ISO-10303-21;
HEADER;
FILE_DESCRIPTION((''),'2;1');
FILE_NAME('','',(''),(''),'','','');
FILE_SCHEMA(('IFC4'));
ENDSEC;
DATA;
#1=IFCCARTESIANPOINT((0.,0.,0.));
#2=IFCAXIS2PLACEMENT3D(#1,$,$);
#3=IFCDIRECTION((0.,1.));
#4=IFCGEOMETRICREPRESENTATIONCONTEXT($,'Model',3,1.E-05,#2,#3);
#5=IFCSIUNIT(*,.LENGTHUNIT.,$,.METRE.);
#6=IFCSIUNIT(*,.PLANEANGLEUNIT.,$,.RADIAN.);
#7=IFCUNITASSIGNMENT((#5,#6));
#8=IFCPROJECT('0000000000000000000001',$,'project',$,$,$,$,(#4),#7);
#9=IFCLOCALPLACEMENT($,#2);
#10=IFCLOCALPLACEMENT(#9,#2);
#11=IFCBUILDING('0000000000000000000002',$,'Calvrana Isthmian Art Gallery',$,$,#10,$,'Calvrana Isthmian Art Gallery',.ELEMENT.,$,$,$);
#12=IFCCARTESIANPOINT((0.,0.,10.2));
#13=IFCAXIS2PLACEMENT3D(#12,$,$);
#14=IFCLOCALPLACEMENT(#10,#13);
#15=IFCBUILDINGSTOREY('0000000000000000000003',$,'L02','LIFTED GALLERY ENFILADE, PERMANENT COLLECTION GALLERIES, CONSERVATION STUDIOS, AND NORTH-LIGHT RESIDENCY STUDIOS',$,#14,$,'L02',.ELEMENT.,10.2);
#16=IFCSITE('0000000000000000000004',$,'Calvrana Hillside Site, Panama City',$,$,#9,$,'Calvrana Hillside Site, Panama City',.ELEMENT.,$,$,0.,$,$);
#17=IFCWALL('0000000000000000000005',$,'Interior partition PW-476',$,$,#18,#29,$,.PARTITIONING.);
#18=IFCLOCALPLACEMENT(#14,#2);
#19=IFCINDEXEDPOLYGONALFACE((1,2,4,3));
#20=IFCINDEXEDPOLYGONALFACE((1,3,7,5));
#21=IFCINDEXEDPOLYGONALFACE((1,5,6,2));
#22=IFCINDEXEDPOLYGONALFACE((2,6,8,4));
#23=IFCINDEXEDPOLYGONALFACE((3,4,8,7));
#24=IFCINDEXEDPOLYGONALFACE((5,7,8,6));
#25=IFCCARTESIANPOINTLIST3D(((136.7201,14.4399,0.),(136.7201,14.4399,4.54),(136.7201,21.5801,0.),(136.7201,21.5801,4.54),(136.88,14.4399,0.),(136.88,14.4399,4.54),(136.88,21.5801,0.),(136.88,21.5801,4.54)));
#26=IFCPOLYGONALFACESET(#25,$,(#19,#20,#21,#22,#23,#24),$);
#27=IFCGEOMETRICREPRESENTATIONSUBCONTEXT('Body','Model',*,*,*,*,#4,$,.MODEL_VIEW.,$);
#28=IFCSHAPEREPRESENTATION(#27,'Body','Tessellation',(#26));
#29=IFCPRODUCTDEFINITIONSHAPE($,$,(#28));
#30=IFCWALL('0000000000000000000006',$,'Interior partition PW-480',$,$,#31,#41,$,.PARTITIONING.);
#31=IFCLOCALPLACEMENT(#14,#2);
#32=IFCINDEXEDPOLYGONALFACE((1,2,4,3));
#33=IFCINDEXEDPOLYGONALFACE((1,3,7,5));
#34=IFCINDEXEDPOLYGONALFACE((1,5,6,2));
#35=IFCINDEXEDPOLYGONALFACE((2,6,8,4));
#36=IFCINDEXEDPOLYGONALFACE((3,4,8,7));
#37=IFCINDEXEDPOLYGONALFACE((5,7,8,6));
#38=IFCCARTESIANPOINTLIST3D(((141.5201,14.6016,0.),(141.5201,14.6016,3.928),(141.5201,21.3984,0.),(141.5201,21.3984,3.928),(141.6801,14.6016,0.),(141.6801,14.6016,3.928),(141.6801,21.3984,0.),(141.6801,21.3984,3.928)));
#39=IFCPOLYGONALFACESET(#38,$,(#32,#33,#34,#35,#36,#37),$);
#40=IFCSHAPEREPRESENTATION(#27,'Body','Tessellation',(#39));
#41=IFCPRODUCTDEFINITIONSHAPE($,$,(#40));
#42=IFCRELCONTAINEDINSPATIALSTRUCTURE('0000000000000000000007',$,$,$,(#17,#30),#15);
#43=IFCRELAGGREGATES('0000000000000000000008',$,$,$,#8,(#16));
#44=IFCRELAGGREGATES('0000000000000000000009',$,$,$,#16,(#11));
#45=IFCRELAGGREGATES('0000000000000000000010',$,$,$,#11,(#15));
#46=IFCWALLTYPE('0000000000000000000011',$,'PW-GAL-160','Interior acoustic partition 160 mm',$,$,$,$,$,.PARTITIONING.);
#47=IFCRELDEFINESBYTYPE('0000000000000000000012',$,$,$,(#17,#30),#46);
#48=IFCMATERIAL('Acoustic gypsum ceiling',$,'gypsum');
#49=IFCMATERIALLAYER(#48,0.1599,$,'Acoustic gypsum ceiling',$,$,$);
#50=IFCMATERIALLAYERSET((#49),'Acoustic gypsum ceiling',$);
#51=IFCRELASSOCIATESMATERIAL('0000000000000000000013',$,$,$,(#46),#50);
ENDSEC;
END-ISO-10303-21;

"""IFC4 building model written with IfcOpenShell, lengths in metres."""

from ifc_helpers import new_model, si_unit, direction, frame, frame_2d, origin, place, context, subcontext, project, spatial, rectangle, extrude, material, layer, layer_set, type_object, element, save


model = new_model("IFC4")

# Units and contexts
model_context = context("Model", 3, precision=1e-05, world=origin(), true_north=direction((0.0, 1.0)))
body_context = subcontext(model_context, "Body", "Model", "MODEL_VIEW")
ifc_project = project(units=[si_unit("LENGTHUNIT", "METRE"), si_unit("PLANEANGLEUNIT", "RADIAN")], contexts=[model_context])

# Site, building, storey
site_placement = place(None, origin())
site = spatial("IfcSite", under=ifc_project, at=site_placement, Name="Calvrana Hillside Site, Panama City", LongName="Calvrana Hillside Site, Panama City", CompositionType="ELEMENT", RefElevation=0.0)
building_placement = place(site_placement, origin())
building = spatial("IfcBuilding", under=site, at=building_placement, Name="Calvrana Isthmian Art Gallery", LongName="Calvrana Isthmian Art Gallery", CompositionType="ELEMENT")
storey_placement = place(building_placement, frame((0.0, 0.0, 10.2)))
storey = spatial("IfcBuildingStorey", under=building, at=storey_placement, Name="L02", Description="LIFTED GALLERY ENFILADE, PERMANENT COLLECTION GALLERIES, CONSERVATION STUDIOS, AND NORTH-LIGHT RESIDENCY STUDIOS", LongName="L02", CompositionType="ELEMENT", Elevation=10.2)

# Walls
ifc_material_1 = material(Name="Acoustic gypsum ceiling", Category="gypsum")
ifc_layer_1 = layer(ifc_material_1, 0.1599, Name="Acoustic gypsum ceiling")
ifc_layer_set_1 = layer_set([ifc_layer_1], Name="Acoustic gypsum ceiling")
wall_type_1 = type_object("IfcWallType", Name="PW-GAL-160", Description="Interior acoustic partition 160 mm", PredefinedType="PARTITIONING", material=ifc_layer_set_1)
wall_1_placement = place(storey_placement, frame((136.8, 14.4399, 0.0), z_axis=(0.0, 0.0, 1.0), x_axis=(0.0, 1.0, 0.0)))
element("IfcWall", 1, at=wall_1_placement, inside=storey, type_object=wall_type_1, Name="Interior partition PW-476", PredefinedType="PARTITIONING", context=body_context, shape_type="SweptSolid", body=[
    extrude(rectangle(XDim=7.1401, YDim=0.1599, at=frame_2d((3.5701, 0.0))), origin(), (0.0, 0.0, 1.0), 4.54),
])
wall_2_placement = place(storey_placement, frame((141.6001, 14.6016, 0.0), z_axis=(0.0, 0.0, 1.0), x_axis=(0.0, 1.0, 0.0)))
element("IfcWall", 2, at=wall_2_placement, inside=storey, type_object=wall_type_1, Name="Interior partition PW-480", PredefinedType="PARTITIONING", context=body_context, shape_type="SweptSolid", body=[
    extrude(rectangle(XDim=6.7969, YDim=0.1599, at=frame_2d((3.3984, 0.0))), origin(), (0.0, 0.0, 1.0), 3.928),
])

save(model, "model.ifc")
